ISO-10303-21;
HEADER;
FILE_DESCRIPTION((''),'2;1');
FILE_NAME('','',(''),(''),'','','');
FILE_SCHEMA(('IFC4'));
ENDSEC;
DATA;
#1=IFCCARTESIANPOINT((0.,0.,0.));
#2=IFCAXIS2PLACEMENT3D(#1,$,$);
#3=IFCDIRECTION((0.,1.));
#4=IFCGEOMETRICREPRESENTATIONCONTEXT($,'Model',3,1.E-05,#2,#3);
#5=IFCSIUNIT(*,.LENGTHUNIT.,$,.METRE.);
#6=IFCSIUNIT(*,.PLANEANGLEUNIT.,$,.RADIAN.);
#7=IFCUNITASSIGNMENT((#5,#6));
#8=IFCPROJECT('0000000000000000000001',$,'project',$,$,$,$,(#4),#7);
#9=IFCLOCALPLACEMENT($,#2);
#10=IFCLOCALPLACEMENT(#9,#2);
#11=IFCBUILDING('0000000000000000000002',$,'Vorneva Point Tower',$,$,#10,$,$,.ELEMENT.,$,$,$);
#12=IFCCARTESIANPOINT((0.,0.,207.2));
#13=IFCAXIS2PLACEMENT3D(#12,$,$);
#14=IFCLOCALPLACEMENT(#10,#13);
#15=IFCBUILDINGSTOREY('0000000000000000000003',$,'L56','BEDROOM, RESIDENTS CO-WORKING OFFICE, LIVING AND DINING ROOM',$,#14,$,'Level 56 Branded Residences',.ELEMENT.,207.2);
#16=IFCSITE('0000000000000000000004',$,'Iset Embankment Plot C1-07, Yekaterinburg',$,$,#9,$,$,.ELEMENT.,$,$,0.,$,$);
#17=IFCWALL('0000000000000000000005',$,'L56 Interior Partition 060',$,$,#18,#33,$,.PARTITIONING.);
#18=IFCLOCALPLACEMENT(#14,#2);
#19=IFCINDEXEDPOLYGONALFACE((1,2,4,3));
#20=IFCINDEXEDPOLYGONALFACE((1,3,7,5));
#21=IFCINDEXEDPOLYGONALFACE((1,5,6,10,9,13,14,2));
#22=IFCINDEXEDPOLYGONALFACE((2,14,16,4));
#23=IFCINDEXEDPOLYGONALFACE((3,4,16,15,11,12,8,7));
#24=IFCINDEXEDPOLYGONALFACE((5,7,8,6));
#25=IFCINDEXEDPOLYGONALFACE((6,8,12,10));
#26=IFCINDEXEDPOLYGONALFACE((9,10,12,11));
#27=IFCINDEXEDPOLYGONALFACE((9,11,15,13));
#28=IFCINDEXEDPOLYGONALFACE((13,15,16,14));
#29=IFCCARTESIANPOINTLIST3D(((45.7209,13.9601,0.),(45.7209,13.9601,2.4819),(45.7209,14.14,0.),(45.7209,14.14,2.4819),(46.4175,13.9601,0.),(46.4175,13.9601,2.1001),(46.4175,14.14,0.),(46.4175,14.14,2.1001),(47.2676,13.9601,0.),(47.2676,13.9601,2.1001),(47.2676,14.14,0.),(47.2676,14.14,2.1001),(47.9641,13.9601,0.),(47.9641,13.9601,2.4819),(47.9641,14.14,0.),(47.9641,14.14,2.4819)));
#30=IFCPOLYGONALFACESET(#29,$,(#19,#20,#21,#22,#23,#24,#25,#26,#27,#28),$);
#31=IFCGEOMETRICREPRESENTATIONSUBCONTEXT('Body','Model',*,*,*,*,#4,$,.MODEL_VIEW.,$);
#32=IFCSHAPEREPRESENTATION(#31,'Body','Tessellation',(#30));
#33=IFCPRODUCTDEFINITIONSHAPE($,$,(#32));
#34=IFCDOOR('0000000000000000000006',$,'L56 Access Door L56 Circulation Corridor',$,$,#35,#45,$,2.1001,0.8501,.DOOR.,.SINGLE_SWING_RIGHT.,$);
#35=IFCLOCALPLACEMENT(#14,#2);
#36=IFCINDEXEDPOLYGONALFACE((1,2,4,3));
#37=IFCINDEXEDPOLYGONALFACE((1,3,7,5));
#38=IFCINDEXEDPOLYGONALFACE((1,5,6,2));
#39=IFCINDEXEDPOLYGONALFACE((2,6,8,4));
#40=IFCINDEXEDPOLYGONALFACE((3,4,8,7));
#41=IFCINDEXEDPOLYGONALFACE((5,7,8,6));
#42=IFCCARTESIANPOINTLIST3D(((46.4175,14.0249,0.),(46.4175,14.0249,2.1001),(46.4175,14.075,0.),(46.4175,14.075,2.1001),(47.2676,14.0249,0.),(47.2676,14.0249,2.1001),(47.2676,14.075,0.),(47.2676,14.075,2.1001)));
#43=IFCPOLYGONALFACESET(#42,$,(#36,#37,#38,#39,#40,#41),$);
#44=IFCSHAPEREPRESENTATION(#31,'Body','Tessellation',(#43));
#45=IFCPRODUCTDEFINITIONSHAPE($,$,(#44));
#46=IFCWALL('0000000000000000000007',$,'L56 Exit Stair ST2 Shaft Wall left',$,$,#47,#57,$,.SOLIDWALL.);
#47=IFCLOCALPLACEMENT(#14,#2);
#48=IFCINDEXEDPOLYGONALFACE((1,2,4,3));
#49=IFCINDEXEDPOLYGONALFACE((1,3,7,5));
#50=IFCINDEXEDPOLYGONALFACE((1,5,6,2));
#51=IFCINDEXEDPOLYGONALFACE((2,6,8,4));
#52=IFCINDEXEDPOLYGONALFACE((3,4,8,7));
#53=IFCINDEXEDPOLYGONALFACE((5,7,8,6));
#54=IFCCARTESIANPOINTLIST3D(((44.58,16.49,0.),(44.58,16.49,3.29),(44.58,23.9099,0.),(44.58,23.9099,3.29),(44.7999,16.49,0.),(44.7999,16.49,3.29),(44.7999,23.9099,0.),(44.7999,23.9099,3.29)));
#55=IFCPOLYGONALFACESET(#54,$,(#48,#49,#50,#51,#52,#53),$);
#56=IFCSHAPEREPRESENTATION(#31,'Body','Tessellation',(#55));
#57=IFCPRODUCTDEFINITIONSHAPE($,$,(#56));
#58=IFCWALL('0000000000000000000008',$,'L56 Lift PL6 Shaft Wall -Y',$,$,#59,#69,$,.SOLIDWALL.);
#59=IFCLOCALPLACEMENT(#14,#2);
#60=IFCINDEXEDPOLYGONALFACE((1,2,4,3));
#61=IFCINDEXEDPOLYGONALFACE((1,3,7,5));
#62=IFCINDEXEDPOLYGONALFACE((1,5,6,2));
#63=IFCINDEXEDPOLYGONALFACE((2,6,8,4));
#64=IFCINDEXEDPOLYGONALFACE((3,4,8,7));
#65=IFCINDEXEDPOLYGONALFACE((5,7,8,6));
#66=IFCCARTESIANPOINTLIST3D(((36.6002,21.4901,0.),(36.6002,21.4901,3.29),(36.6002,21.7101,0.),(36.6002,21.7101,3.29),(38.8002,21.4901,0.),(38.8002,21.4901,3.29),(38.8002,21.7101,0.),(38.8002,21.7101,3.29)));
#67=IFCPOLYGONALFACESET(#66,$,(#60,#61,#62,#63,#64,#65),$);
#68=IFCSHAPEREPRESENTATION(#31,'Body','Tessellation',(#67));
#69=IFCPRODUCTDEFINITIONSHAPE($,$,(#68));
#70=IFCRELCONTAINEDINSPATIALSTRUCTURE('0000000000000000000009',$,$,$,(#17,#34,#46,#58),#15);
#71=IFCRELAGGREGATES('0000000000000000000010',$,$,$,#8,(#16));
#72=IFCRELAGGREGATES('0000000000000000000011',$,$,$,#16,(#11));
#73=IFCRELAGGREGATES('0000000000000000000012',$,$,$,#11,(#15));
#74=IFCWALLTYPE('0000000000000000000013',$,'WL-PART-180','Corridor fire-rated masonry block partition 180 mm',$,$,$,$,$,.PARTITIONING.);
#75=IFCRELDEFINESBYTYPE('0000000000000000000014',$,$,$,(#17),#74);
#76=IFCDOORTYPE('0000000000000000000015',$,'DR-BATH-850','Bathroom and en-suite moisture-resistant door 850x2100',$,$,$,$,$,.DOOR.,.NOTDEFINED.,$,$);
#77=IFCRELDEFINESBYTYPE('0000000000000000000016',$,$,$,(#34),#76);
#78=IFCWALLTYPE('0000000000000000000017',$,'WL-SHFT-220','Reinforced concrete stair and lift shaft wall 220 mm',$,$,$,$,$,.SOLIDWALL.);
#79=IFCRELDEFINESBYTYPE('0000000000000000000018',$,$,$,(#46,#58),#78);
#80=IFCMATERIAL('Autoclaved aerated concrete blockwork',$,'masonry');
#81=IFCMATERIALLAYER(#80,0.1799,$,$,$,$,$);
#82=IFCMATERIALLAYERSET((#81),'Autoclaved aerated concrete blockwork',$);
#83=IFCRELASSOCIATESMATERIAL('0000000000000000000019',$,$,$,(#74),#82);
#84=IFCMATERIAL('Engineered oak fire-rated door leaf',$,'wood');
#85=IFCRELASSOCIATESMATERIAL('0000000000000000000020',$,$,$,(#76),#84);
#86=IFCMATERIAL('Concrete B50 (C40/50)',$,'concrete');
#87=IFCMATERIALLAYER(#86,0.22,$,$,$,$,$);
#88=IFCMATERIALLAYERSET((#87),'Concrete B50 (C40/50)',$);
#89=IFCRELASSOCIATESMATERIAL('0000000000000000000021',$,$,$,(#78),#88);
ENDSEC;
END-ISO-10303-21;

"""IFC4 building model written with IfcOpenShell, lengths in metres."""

from ifc_helpers import new_model, si_unit, direction, frame, frame_2d, origin, place, context, subcontext, project, spatial, rectangle, extrude, material, layer, layer_set, type_object, element, fill, save


model = new_model("IFC4")

# Units and contexts
model_context = context("Model", 3, precision=1e-05, world=origin(), true_north=direction((0.0, 1.0)))
body_context = subcontext(model_context, "Body", "Model", "MODEL_VIEW")
ifc_project = project(units=[si_unit("LENGTHUNIT", "METRE"), si_unit("PLANEANGLEUNIT", "RADIAN")], contexts=[model_context])

# Site, building, storey
site_placement = place(None, origin())
site = spatial("IfcSite", under=ifc_project, at=site_placement, Name="Iset Embankment Plot C1-07, Yekaterinburg", CompositionType="ELEMENT", RefElevation=0.0)
building_placement = place(site_placement, origin())
building = spatial("IfcBuilding", under=site, at=building_placement, Name="Vorneva Point Tower", CompositionType="ELEMENT")
storey_placement = place(building_placement, frame((0.0, 0.0, 207.2)))
storey = spatial("IfcBuildingStorey", under=building, at=storey_placement, Name="L56", Description="BEDROOM, RESIDENTS CO-WORKING OFFICE, LIVING AND DINING ROOM", LongName="Level 56 Branded Residences", CompositionType="ELEMENT", Elevation=207.2)

# Wall, opening, door
ifc_material_1 = material(Name="Autoclaved aerated concrete blockwork", Category="masonry")
ifc_layer_1 = layer(ifc_material_1, 0.1799)
ifc_layer_set_1 = layer_set([ifc_layer_1], Name="Autoclaved aerated concrete blockwork")
wall_type_1 = type_object("IfcWallType", Name="WL-PART-180", Description="Corridor fire-rated masonry block partition 180 mm", PredefinedType="PARTITIONING", material=ifc_layer_set_1)
ifc_material_2 = material(Name="Engineered oak fire-rated door leaf", Category="wood")
door_type_1 = type_object("IfcDoorType", Name="DR-BATH-850", Description="Bathroom and en-suite moisture-resistant door 850x2100", OperationType="NOTDEFINED", PredefinedType="DOOR", material=ifc_material_2)
wall_1_placement = place(storey_placement, frame((45.7209, 14.05, 0.0), z_axis=(0.0, 0.0, 1.0), x_axis=(1.0, 0.0, 0.0)))
wall_1 = element("IfcWall", 1, at=wall_1_placement, inside=storey, type_object=wall_type_1, Name="L56 Interior Partition 060", PredefinedType="PARTITIONING", context=body_context, shape_type="SweptSolid", body=[
    extrude(rectangle(XDim=2.2432, YDim=0.1799, at=frame_2d((1.1216, 0.0))), origin(), (0.0, 0.0, 1.0), 2.4819),
])
opening_1_placement = place(wall_1_placement, frame((0.6965, 0.0, 0.0)))
opening_1 = element("IfcOpeningElement", 2, at=opening_1_placement, cuts=wall_1, PredefinedType="OPENING", context=body_context, shape_type="SweptSolid", body=[
    extrude(rectangle(XDim=0.8501, YDim=2.1001, at=frame_2d((0.425, 1.05))), frame((0.0, 0.105, 0.0), z_axis=(0.0, -1.0, 0.0), x_axis=(1.0, 0.0, 0.0)), (0.0, 0.0, 1.0), 0.2097),
])
door_1_placement = place(opening_1_placement, origin())
door_1 = element("IfcDoor", 3, at=door_1_placement, inside=storey, type_object=door_type_1, Name="L56 Access Door L56 Circulation Corridor", OperationType="SINGLE_SWING_RIGHT", OverallHeight=2.1001, OverallWidth=0.8501, PredefinedType="DOOR", context=body_context, shape_type="SweptSolid", body=[
    extrude(rectangle(XDim=0.8501, YDim=2.1001, at=frame_2d((0.425, 1.05))), frame((0.0, 0.0249, 0.0), z_axis=(0.0, -1.0, 0.0), x_axis=(1.0, 0.0, 0.0)), (0.0, 0.0, 1.0), 0.05),
])
fill(opening_1, door_1)

# Walls
ifc_material_3 = material(Name="Concrete B50 (C40/50)", Category="concrete")
ifc_layer_2 = layer(ifc_material_3, 0.22)
ifc_layer_set_2 = layer_set([ifc_layer_2], Name="Concrete B50 (C40/50)")
wall_type_2 = type_object("IfcWallType", Name="WL-SHFT-220", Description="Reinforced concrete stair and lift shaft wall 220 mm", PredefinedType="SOLIDWALL", material=ifc_layer_set_2)
wall_2_placement = place(storey_placement, frame((44.6899, 16.49, 0.0), z_axis=(0.0, 0.0, 1.0), x_axis=(0.0, 1.0, 0.0)))
element("IfcWall", 4, at=wall_2_placement, inside=storey, type_object=wall_type_2, Name="L56 Exit Stair ST2 Shaft Wall left", PredefinedType="SOLIDWALL", context=body_context, shape_type="SweptSolid", body=[
    extrude(rectangle(XDim=7.4199, YDim=0.22, at=frame_2d((3.71, 0.0))), origin(), (0.0, 0.0, 1.0), 3.29),
])
wall_3_placement = place(storey_placement, frame((36.6001, 21.6001, 0.0), z_axis=(0.0, 0.0, 1.0), x_axis=(1.0, 0.0, 0.0)))
element("IfcWall", 5, at=wall_3_placement, inside=storey, type_object=wall_type_2, Name="L56 Lift PL6 Shaft Wall -Y", PredefinedType="SOLIDWALL", context=body_context, shape_type="SweptSolid", body=[
    extrude(rectangle(XDim=2.2, YDim=0.22, at=frame_2d((1.1001, 0.0))), origin(), (0.0, 0.0, 1.0), 3.29),
])

save(model, "model.ifc")
